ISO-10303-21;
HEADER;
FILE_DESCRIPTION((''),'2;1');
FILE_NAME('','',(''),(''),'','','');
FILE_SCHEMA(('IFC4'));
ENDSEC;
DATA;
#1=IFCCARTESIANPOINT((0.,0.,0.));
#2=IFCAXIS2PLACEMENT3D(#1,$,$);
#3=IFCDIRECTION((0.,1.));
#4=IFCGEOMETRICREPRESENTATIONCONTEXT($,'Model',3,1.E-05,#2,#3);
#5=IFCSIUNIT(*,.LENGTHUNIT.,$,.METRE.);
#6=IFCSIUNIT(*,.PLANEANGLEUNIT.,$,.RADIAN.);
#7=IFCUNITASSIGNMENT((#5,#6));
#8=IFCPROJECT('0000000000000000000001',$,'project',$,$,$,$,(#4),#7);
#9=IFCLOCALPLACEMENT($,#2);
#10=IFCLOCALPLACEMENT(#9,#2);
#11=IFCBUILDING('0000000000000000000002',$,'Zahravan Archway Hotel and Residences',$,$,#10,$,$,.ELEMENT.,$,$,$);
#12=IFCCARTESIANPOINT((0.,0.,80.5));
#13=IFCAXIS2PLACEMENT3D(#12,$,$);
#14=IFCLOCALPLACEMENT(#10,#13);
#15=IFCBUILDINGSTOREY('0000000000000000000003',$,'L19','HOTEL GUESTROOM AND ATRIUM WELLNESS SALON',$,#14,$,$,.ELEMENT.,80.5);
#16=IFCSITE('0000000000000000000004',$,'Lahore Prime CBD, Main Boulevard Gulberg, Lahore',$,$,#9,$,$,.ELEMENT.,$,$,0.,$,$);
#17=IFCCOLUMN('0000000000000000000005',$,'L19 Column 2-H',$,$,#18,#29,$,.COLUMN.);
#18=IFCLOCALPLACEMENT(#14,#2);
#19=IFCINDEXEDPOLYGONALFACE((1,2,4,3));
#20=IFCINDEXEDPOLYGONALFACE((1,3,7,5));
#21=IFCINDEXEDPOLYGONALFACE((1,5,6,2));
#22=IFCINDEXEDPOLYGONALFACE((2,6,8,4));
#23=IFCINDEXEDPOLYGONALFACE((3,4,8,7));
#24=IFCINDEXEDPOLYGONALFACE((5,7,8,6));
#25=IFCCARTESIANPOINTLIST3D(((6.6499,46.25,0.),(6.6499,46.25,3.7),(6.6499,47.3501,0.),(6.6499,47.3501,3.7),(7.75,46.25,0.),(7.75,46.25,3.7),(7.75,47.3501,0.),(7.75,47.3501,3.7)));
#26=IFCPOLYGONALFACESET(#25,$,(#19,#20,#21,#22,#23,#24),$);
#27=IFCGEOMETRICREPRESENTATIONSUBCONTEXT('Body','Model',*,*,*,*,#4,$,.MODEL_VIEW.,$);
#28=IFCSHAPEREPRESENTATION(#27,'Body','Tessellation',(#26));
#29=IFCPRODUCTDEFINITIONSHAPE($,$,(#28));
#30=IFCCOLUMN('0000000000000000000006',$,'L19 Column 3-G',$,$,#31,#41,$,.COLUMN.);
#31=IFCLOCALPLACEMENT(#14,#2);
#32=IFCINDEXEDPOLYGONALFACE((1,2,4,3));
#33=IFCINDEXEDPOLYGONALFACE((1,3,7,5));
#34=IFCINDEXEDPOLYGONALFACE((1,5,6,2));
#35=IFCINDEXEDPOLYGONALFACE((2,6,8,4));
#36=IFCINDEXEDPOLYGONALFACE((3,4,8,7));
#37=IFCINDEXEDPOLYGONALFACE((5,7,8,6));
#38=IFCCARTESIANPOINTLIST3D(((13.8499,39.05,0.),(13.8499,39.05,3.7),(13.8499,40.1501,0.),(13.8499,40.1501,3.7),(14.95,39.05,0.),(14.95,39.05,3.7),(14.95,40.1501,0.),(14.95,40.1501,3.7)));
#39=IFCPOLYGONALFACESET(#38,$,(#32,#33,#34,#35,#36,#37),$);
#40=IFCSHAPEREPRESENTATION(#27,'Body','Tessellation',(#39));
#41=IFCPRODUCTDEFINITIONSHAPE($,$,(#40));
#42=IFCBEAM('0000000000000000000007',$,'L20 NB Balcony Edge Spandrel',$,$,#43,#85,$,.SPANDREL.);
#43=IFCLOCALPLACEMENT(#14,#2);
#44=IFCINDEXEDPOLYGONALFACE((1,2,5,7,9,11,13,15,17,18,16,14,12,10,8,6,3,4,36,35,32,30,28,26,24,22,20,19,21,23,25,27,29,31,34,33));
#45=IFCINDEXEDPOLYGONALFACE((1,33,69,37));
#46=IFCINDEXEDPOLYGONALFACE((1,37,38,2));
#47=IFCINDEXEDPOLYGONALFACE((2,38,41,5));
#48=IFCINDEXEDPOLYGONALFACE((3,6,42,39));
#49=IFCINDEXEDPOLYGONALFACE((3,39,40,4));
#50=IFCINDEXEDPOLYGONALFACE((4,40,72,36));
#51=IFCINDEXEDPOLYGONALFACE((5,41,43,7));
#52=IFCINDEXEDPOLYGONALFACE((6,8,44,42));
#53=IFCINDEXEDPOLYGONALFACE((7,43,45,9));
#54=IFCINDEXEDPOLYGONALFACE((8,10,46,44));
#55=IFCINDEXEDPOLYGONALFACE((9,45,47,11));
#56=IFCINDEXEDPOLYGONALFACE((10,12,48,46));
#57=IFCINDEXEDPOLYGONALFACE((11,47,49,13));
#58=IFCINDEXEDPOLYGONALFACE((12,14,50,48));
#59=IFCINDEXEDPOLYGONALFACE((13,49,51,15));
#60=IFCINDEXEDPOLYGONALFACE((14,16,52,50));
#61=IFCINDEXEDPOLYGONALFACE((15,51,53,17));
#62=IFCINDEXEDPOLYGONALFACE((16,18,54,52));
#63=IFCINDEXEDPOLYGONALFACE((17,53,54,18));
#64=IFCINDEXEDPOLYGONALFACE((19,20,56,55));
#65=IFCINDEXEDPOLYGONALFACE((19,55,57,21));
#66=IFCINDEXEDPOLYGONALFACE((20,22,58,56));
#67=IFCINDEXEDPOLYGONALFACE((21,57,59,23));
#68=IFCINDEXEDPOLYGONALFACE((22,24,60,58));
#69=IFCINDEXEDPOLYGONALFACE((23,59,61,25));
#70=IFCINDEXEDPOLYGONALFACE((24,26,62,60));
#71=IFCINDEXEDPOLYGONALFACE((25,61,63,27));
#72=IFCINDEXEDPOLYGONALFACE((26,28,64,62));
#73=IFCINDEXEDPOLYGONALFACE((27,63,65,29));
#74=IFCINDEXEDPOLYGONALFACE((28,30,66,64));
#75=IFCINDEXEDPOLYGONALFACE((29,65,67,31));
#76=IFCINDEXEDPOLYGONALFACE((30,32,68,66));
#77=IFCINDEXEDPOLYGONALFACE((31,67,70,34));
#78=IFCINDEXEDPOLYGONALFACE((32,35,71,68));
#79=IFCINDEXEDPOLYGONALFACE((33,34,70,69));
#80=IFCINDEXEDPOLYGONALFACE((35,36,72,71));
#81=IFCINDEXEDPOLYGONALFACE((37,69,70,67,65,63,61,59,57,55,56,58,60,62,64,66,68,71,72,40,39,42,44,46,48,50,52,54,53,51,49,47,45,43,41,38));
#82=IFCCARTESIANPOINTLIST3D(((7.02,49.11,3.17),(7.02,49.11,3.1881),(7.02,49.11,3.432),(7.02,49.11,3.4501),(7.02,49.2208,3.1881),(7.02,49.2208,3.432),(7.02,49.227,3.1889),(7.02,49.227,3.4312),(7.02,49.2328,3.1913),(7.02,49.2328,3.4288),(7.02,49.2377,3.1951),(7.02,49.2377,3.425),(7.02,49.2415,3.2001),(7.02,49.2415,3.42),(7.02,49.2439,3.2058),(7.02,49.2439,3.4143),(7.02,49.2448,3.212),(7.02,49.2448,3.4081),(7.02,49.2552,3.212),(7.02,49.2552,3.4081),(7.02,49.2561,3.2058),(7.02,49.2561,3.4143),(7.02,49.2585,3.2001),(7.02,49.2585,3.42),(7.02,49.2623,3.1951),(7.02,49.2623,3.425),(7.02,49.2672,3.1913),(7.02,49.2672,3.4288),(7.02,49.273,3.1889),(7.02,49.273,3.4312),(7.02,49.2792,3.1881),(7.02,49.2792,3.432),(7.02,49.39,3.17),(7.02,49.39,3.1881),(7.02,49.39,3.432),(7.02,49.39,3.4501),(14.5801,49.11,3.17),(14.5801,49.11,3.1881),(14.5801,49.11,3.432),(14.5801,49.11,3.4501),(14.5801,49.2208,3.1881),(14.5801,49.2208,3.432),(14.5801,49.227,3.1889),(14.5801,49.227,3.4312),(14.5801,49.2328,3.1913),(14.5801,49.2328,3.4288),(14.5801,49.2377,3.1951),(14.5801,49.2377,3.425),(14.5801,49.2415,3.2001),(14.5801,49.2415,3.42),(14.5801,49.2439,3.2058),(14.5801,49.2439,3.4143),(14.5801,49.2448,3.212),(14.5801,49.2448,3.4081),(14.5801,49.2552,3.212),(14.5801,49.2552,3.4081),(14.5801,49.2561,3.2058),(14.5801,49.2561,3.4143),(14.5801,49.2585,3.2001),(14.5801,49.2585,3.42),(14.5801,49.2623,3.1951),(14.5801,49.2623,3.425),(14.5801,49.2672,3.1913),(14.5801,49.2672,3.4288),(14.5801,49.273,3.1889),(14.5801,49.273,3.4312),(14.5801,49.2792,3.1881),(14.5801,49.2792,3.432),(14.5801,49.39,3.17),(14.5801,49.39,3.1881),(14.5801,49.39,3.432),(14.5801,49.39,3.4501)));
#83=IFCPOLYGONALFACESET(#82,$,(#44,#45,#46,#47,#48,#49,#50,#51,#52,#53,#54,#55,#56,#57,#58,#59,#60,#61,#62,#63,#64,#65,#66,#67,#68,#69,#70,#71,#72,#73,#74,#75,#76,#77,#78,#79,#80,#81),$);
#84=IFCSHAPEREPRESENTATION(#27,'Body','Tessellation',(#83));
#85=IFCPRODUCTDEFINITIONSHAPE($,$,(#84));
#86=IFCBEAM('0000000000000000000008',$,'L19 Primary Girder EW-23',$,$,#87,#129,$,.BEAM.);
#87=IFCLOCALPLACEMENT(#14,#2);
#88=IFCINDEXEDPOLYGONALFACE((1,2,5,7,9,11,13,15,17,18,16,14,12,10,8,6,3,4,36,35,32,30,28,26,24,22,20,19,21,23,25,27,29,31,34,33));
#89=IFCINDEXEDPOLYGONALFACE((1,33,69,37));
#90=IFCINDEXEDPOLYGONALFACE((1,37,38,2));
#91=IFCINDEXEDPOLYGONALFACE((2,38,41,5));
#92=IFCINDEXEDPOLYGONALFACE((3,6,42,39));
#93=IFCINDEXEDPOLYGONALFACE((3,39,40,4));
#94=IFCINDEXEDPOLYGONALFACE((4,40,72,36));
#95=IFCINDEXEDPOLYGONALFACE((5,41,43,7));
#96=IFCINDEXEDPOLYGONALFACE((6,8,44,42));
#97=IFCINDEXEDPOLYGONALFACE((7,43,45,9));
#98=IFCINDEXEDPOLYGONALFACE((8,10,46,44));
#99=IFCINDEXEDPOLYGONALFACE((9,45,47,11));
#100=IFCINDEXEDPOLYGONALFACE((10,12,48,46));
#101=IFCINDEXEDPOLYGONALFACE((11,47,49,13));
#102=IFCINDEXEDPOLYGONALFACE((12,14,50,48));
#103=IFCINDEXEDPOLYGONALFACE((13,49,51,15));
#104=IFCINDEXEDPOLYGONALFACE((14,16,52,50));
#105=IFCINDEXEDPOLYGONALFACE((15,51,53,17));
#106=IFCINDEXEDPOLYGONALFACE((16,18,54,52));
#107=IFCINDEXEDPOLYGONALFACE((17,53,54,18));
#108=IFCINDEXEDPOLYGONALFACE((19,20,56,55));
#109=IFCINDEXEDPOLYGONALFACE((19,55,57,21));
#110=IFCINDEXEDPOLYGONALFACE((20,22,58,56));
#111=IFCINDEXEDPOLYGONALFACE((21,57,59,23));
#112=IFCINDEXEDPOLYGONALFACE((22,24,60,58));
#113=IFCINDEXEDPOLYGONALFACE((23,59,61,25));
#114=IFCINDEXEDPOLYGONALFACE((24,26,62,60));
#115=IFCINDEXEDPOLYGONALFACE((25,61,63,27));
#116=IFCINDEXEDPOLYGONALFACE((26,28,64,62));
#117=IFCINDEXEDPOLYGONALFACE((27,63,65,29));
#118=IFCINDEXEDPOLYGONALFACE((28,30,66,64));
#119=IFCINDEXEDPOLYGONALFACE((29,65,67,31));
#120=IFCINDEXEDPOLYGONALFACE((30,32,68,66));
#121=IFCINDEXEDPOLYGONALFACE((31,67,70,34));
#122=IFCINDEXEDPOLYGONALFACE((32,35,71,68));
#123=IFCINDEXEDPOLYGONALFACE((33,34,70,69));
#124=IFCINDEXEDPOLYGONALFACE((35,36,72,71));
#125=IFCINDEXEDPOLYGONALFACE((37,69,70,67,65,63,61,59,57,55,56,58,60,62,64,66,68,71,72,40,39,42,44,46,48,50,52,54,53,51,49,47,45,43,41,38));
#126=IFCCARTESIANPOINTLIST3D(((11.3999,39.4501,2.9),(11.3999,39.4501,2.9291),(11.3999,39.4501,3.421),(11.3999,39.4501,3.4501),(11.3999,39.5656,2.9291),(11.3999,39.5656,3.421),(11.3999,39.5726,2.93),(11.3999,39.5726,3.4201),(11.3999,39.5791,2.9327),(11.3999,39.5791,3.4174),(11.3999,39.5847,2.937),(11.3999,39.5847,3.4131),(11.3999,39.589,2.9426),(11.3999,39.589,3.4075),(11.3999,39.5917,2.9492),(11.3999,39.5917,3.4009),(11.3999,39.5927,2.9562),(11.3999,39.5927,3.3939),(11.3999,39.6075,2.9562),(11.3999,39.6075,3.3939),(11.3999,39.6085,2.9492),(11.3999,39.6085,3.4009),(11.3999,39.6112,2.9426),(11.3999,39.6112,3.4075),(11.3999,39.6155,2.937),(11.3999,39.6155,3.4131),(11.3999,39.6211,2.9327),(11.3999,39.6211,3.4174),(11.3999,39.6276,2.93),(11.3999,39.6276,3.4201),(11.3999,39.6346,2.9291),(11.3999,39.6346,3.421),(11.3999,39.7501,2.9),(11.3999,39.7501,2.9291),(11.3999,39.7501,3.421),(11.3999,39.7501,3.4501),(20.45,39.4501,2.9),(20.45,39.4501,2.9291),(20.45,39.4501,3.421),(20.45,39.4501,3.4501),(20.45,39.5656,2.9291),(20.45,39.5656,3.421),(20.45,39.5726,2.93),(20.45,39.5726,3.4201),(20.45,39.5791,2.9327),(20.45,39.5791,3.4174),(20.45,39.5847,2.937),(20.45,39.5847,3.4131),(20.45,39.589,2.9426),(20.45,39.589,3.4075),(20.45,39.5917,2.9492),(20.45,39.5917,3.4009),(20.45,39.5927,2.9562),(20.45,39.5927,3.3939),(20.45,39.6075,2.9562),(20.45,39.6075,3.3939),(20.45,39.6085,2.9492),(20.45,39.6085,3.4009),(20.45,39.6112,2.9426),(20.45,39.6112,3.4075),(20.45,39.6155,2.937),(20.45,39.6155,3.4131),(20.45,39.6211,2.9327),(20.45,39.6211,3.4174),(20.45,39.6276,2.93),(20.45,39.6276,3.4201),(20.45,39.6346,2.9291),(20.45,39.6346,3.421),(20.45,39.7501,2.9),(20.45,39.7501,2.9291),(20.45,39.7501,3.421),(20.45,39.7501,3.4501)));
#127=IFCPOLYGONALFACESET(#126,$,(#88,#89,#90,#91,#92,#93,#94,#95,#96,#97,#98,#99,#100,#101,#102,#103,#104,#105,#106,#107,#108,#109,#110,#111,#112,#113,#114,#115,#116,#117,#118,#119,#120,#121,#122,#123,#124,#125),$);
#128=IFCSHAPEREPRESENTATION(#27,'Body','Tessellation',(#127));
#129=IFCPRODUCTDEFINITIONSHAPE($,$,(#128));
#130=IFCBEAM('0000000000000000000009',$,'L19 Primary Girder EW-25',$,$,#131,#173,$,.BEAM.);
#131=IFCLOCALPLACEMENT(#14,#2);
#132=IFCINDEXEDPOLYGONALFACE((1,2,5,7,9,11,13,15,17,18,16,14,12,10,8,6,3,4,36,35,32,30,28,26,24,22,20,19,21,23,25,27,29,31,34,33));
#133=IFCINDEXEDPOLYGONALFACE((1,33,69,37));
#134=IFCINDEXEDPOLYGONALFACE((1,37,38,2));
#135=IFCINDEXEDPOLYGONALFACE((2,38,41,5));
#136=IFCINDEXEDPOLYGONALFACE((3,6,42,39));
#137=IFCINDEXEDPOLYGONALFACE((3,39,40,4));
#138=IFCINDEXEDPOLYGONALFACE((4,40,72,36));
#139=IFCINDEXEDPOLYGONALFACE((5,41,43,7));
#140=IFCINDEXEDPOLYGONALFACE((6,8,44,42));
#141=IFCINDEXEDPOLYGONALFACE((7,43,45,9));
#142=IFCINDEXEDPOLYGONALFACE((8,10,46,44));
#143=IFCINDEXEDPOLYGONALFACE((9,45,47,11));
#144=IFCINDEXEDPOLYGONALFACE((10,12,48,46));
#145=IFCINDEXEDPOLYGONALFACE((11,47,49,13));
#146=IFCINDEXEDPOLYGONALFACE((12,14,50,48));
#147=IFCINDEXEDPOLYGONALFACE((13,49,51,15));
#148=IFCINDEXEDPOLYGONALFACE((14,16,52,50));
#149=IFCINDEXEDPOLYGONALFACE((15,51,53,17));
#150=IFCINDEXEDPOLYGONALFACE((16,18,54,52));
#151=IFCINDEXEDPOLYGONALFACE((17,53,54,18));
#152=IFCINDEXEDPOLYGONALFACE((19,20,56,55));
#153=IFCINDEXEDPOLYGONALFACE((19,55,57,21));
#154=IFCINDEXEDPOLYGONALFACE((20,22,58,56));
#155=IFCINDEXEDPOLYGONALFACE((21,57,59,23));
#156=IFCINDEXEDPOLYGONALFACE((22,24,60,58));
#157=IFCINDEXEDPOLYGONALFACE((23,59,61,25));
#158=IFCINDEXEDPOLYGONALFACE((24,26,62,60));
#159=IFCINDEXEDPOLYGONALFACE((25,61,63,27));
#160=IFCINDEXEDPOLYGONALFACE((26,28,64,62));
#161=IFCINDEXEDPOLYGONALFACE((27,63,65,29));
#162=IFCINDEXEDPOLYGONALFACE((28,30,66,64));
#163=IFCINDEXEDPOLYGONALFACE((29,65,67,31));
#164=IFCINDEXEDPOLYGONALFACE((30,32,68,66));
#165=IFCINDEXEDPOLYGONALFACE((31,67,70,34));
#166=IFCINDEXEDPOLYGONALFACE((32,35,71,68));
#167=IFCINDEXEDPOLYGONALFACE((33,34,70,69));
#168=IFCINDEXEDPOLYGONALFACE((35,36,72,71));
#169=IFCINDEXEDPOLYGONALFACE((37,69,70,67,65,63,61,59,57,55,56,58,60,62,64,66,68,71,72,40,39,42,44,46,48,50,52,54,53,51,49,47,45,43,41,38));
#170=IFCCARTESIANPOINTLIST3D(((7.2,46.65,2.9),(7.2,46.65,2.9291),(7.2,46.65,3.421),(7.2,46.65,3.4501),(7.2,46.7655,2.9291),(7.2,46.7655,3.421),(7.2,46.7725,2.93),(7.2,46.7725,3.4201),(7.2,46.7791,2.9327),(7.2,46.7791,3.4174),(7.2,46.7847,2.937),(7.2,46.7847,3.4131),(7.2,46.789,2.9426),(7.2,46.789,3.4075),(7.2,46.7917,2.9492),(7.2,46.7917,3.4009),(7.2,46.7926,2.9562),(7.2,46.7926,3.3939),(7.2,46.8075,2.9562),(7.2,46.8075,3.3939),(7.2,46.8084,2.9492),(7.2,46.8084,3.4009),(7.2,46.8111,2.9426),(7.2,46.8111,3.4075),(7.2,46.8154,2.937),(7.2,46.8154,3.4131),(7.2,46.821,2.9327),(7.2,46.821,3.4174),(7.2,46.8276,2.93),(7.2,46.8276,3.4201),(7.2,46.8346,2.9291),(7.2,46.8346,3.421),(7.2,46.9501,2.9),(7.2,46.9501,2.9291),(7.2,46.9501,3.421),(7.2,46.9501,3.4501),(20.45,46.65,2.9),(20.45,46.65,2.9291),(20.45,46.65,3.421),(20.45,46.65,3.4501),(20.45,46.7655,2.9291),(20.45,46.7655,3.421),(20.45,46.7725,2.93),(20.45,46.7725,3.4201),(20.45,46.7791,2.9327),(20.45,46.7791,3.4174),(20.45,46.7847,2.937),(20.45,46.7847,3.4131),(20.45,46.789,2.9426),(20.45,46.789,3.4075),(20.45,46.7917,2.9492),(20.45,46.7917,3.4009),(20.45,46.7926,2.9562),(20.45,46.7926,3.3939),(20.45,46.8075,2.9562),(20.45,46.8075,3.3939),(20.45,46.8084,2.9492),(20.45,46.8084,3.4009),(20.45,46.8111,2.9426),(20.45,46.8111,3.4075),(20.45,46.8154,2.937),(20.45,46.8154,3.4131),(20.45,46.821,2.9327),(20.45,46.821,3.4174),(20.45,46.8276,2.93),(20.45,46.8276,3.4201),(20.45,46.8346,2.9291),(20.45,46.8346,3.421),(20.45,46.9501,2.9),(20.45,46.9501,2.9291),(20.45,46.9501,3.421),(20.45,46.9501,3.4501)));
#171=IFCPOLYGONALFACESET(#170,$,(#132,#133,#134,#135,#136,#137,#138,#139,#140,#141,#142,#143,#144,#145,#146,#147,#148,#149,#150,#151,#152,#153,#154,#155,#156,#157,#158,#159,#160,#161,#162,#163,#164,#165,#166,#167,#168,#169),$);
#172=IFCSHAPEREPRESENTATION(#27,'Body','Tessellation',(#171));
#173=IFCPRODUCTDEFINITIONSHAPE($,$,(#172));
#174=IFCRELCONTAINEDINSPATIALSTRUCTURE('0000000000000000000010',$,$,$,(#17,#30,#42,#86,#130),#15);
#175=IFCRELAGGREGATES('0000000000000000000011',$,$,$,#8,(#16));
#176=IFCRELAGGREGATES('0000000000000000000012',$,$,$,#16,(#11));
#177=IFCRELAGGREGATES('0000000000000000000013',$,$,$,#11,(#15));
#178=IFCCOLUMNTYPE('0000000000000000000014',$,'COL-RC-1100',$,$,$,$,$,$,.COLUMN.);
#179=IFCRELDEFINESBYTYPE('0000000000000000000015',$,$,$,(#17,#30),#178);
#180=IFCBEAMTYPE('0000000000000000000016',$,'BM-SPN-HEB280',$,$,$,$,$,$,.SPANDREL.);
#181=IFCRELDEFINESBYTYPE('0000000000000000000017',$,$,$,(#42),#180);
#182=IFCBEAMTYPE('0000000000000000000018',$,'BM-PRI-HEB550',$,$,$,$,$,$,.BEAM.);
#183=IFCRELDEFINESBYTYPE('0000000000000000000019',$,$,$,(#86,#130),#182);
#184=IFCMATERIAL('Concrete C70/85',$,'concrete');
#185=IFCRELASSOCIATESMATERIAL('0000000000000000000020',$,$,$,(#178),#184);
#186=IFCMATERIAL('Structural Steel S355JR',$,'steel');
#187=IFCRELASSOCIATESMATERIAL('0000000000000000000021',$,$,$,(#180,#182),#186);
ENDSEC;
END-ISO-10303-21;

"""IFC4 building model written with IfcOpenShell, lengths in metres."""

from ifc_helpers import new_model, si_unit, direction, frame, origin, origin_2d, place, context, subcontext, project, spatial, rectangle, i_section, extrude, source, transform, mapped, material, material_profile, profile_set, type_object, type_shapes, element, save


model = new_model("IFC4")

# Units and contexts
model_context = context("Model", 3, precision=1e-05, world=origin(), true_north=direction((0.0, 1.0)))
body_context = subcontext(model_context, "Body", "Model", "MODEL_VIEW")
ifc_project = project(units=[si_unit("LENGTHUNIT", "METRE"), si_unit("PLANEANGLEUNIT", "RADIAN")], contexts=[model_context])

# Site, building, storey
site_placement = place(None, origin())
site = spatial("IfcSite", under=ifc_project, at=site_placement, Name="Lahore Prime CBD, Main Boulevard Gulberg, Lahore", CompositionType="ELEMENT", RefElevation=0.0)
building_placement = place(site_placement, origin())
building = spatial("IfcBuilding", under=site, at=building_placement, Name="Zahravan Archway Hotel and Residences", CompositionType="ELEMENT")
storey_placement = place(building_placement, frame((0.0, 0.0, 80.5)))
storey = spatial("IfcBuildingStorey", under=building, at=storey_placement, Name="L19", Description="HOTEL GUESTROOM AND ATRIUM WELLNESS SALON", CompositionType="ELEMENT", Elevation=80.5)

# Columns
ifc_material_1 = material(Name="Concrete C70/85", Category="concrete")
ifc_material_profile_1 = material_profile(ifc_material_1, rectangle(XDim=1.1001, YDim=1.1001, at=origin_2d()), Name="RC 1100x1100", Category="concrete")
ifc_profile_set_1 = profile_set([ifc_material_profile_1], Name="Concrete C70/85")
column_type = type_object("IfcColumnType", Name="COL-RC-1100", PredefinedType="COLUMN", material=ifc_profile_set_1)
shared_shape_1 = source(origin(), body_context, "Body", "SweptSolid", [
    extrude(rectangle(XDim=1.1001, YDim=1.1001, at=origin_2d()), origin(), (0.0, 0.0, 1.0), 3.7),
])
for number, where, z_axis, x_axis, name in (
    (1, (7.2, 46.8, 0.0), (0.0, 0.0, 1.0), (1.0, 0.0, 0.0), "L19 Column 2-H"),
    (2, (14.3999, 39.6001, 0.0), (0.0, 0.0, 1.0), (1.0, 0.0, 0.0), "L19 Column 3-G"),
):
    element("IfcColumn", number, at=place(storey_placement, frame(where, z_axis=z_axis, x_axis=x_axis)), inside=storey, type_object=column_type, Name=name, PredefinedType="COLUMN", context=body_context, shape_type="MappedRepresentation", body=[
        mapped(shared_shape_1, transform((0.0, 0.0, 0.0), scale=1.0)),
    ])

# Beams
ifc_material_2 = material(Name="Structural Steel S355JR", Category="steel")
ifc_material_profile_2 = material_profile(ifc_material_2, i_section(OverallWidth=0.28, OverallDepth=0.28, WebThickness=0.0105, FlangeThickness=0.0181, FilletRadius=0.0239, at=origin_2d()), Name="HEB 280", Category="steel")
ifc_profile_set_2 = profile_set([ifc_material_profile_2], Name="Structural Steel S355JR")
beam_type_1 = type_object("IfcBeamType", Name="BM-SPN-HEB280", PredefinedType="SPANDREL", material=ifc_profile_set_2)
shared_shape_2 = source(origin(), body_context, "Body", "SweptSolid", [
    extrude(i_section(OverallWidth=0.28, OverallDepth=0.28, WebThickness=0.0105, FlangeThickness=0.0181, FilletRadius=0.0239, at=origin_2d()), origin(), (0.0, 0.0, 1.0), 7.5601),
])
type_shapes(beam_type_1, [shared_shape_2])
beam_1_placement = place(storey_placement, frame((7.02, 49.25, 3.3101), z_axis=(1.0, 0.0, 0.0), x_axis=(0.0, 1.0, 0.0)))
element("IfcBeam", 3, at=beam_1_placement, inside=storey, type_object=beam_type_1, Name="L20 NB Balcony Edge Spandrel", PredefinedType="SPANDREL", context=body_context, shape_type="MappedRepresentation", body=[
    mapped(shared_shape_2, transform((0.0, 0.0, 0.0), scale=1.0)),
])
ifc_material_profile_3 = material_profile(ifc_material_2, i_section(OverallWidth=0.3, OverallDepth=0.55, WebThickness=0.0149, FlangeThickness=0.0291, FilletRadius=0.0271, at=origin_2d()), Name="HEB 550", Category="steel")
ifc_profile_set_3 = profile_set([ifc_material_profile_3], Name="Structural Steel S355JR")
beam_type_2 = type_object("IfcBeamType", Name="BM-PRI-HEB550", PredefinedType="BEAM", material=ifc_profile_set_3)
shared_shape_3 = source(origin(), body_context, "Body", "SweptSolid", [
    extrude(i_section(OverallWidth=0.3, OverallDepth=0.55, WebThickness=0.0149, FlangeThickness=0.0291, FilletRadius=0.0271, at=origin_2d()), origin(), (0.0, 0.0, 1.0), 9.05),
])
beam_2_placement = place(storey_placement, frame((11.3999, 39.6001, 3.175), z_axis=(1.0, 0.0, 0.0), x_axis=(0.0, 1.0, 0.0)))
element("IfcBeam", 4, at=beam_2_placement, inside=storey, type_object=beam_type_2, Name="L19 Primary Girder EW-23", PredefinedType="BEAM", context=body_context, shape_type="MappedRepresentation", body=[
    mapped(shared_shape_3, transform((0.0, 0.0, 0.0), scale=1.0)),
])
shared_shape_4 = source(origin(), body_context, "Body", "SweptSolid", [
    extrude(i_section(OverallWidth=0.3, OverallDepth=0.55, WebThickness=0.0149, FlangeThickness=0.0291, FilletRadius=0.0271, at=origin_2d()), origin(), (0.0, 0.0, 1.0), 13.25),
])
beam_3_placement = place(storey_placement, frame((7.2, 46.8, 3.175), z_axis=(1.0, 0.0, 0.0), x_axis=(0.0, 1.0, 0.0)))
element("IfcBeam", 5, at=beam_3_placement, inside=storey, type_object=beam_type_2, Name="L19 Primary Girder EW-25", PredefinedType="BEAM", context=body_context, shape_type="MappedRepresentation", body=[
    mapped(shared_shape_4, transform((0.0, 0.0, 0.0), scale=1.0)),
])

save(model, "model.ifc")
